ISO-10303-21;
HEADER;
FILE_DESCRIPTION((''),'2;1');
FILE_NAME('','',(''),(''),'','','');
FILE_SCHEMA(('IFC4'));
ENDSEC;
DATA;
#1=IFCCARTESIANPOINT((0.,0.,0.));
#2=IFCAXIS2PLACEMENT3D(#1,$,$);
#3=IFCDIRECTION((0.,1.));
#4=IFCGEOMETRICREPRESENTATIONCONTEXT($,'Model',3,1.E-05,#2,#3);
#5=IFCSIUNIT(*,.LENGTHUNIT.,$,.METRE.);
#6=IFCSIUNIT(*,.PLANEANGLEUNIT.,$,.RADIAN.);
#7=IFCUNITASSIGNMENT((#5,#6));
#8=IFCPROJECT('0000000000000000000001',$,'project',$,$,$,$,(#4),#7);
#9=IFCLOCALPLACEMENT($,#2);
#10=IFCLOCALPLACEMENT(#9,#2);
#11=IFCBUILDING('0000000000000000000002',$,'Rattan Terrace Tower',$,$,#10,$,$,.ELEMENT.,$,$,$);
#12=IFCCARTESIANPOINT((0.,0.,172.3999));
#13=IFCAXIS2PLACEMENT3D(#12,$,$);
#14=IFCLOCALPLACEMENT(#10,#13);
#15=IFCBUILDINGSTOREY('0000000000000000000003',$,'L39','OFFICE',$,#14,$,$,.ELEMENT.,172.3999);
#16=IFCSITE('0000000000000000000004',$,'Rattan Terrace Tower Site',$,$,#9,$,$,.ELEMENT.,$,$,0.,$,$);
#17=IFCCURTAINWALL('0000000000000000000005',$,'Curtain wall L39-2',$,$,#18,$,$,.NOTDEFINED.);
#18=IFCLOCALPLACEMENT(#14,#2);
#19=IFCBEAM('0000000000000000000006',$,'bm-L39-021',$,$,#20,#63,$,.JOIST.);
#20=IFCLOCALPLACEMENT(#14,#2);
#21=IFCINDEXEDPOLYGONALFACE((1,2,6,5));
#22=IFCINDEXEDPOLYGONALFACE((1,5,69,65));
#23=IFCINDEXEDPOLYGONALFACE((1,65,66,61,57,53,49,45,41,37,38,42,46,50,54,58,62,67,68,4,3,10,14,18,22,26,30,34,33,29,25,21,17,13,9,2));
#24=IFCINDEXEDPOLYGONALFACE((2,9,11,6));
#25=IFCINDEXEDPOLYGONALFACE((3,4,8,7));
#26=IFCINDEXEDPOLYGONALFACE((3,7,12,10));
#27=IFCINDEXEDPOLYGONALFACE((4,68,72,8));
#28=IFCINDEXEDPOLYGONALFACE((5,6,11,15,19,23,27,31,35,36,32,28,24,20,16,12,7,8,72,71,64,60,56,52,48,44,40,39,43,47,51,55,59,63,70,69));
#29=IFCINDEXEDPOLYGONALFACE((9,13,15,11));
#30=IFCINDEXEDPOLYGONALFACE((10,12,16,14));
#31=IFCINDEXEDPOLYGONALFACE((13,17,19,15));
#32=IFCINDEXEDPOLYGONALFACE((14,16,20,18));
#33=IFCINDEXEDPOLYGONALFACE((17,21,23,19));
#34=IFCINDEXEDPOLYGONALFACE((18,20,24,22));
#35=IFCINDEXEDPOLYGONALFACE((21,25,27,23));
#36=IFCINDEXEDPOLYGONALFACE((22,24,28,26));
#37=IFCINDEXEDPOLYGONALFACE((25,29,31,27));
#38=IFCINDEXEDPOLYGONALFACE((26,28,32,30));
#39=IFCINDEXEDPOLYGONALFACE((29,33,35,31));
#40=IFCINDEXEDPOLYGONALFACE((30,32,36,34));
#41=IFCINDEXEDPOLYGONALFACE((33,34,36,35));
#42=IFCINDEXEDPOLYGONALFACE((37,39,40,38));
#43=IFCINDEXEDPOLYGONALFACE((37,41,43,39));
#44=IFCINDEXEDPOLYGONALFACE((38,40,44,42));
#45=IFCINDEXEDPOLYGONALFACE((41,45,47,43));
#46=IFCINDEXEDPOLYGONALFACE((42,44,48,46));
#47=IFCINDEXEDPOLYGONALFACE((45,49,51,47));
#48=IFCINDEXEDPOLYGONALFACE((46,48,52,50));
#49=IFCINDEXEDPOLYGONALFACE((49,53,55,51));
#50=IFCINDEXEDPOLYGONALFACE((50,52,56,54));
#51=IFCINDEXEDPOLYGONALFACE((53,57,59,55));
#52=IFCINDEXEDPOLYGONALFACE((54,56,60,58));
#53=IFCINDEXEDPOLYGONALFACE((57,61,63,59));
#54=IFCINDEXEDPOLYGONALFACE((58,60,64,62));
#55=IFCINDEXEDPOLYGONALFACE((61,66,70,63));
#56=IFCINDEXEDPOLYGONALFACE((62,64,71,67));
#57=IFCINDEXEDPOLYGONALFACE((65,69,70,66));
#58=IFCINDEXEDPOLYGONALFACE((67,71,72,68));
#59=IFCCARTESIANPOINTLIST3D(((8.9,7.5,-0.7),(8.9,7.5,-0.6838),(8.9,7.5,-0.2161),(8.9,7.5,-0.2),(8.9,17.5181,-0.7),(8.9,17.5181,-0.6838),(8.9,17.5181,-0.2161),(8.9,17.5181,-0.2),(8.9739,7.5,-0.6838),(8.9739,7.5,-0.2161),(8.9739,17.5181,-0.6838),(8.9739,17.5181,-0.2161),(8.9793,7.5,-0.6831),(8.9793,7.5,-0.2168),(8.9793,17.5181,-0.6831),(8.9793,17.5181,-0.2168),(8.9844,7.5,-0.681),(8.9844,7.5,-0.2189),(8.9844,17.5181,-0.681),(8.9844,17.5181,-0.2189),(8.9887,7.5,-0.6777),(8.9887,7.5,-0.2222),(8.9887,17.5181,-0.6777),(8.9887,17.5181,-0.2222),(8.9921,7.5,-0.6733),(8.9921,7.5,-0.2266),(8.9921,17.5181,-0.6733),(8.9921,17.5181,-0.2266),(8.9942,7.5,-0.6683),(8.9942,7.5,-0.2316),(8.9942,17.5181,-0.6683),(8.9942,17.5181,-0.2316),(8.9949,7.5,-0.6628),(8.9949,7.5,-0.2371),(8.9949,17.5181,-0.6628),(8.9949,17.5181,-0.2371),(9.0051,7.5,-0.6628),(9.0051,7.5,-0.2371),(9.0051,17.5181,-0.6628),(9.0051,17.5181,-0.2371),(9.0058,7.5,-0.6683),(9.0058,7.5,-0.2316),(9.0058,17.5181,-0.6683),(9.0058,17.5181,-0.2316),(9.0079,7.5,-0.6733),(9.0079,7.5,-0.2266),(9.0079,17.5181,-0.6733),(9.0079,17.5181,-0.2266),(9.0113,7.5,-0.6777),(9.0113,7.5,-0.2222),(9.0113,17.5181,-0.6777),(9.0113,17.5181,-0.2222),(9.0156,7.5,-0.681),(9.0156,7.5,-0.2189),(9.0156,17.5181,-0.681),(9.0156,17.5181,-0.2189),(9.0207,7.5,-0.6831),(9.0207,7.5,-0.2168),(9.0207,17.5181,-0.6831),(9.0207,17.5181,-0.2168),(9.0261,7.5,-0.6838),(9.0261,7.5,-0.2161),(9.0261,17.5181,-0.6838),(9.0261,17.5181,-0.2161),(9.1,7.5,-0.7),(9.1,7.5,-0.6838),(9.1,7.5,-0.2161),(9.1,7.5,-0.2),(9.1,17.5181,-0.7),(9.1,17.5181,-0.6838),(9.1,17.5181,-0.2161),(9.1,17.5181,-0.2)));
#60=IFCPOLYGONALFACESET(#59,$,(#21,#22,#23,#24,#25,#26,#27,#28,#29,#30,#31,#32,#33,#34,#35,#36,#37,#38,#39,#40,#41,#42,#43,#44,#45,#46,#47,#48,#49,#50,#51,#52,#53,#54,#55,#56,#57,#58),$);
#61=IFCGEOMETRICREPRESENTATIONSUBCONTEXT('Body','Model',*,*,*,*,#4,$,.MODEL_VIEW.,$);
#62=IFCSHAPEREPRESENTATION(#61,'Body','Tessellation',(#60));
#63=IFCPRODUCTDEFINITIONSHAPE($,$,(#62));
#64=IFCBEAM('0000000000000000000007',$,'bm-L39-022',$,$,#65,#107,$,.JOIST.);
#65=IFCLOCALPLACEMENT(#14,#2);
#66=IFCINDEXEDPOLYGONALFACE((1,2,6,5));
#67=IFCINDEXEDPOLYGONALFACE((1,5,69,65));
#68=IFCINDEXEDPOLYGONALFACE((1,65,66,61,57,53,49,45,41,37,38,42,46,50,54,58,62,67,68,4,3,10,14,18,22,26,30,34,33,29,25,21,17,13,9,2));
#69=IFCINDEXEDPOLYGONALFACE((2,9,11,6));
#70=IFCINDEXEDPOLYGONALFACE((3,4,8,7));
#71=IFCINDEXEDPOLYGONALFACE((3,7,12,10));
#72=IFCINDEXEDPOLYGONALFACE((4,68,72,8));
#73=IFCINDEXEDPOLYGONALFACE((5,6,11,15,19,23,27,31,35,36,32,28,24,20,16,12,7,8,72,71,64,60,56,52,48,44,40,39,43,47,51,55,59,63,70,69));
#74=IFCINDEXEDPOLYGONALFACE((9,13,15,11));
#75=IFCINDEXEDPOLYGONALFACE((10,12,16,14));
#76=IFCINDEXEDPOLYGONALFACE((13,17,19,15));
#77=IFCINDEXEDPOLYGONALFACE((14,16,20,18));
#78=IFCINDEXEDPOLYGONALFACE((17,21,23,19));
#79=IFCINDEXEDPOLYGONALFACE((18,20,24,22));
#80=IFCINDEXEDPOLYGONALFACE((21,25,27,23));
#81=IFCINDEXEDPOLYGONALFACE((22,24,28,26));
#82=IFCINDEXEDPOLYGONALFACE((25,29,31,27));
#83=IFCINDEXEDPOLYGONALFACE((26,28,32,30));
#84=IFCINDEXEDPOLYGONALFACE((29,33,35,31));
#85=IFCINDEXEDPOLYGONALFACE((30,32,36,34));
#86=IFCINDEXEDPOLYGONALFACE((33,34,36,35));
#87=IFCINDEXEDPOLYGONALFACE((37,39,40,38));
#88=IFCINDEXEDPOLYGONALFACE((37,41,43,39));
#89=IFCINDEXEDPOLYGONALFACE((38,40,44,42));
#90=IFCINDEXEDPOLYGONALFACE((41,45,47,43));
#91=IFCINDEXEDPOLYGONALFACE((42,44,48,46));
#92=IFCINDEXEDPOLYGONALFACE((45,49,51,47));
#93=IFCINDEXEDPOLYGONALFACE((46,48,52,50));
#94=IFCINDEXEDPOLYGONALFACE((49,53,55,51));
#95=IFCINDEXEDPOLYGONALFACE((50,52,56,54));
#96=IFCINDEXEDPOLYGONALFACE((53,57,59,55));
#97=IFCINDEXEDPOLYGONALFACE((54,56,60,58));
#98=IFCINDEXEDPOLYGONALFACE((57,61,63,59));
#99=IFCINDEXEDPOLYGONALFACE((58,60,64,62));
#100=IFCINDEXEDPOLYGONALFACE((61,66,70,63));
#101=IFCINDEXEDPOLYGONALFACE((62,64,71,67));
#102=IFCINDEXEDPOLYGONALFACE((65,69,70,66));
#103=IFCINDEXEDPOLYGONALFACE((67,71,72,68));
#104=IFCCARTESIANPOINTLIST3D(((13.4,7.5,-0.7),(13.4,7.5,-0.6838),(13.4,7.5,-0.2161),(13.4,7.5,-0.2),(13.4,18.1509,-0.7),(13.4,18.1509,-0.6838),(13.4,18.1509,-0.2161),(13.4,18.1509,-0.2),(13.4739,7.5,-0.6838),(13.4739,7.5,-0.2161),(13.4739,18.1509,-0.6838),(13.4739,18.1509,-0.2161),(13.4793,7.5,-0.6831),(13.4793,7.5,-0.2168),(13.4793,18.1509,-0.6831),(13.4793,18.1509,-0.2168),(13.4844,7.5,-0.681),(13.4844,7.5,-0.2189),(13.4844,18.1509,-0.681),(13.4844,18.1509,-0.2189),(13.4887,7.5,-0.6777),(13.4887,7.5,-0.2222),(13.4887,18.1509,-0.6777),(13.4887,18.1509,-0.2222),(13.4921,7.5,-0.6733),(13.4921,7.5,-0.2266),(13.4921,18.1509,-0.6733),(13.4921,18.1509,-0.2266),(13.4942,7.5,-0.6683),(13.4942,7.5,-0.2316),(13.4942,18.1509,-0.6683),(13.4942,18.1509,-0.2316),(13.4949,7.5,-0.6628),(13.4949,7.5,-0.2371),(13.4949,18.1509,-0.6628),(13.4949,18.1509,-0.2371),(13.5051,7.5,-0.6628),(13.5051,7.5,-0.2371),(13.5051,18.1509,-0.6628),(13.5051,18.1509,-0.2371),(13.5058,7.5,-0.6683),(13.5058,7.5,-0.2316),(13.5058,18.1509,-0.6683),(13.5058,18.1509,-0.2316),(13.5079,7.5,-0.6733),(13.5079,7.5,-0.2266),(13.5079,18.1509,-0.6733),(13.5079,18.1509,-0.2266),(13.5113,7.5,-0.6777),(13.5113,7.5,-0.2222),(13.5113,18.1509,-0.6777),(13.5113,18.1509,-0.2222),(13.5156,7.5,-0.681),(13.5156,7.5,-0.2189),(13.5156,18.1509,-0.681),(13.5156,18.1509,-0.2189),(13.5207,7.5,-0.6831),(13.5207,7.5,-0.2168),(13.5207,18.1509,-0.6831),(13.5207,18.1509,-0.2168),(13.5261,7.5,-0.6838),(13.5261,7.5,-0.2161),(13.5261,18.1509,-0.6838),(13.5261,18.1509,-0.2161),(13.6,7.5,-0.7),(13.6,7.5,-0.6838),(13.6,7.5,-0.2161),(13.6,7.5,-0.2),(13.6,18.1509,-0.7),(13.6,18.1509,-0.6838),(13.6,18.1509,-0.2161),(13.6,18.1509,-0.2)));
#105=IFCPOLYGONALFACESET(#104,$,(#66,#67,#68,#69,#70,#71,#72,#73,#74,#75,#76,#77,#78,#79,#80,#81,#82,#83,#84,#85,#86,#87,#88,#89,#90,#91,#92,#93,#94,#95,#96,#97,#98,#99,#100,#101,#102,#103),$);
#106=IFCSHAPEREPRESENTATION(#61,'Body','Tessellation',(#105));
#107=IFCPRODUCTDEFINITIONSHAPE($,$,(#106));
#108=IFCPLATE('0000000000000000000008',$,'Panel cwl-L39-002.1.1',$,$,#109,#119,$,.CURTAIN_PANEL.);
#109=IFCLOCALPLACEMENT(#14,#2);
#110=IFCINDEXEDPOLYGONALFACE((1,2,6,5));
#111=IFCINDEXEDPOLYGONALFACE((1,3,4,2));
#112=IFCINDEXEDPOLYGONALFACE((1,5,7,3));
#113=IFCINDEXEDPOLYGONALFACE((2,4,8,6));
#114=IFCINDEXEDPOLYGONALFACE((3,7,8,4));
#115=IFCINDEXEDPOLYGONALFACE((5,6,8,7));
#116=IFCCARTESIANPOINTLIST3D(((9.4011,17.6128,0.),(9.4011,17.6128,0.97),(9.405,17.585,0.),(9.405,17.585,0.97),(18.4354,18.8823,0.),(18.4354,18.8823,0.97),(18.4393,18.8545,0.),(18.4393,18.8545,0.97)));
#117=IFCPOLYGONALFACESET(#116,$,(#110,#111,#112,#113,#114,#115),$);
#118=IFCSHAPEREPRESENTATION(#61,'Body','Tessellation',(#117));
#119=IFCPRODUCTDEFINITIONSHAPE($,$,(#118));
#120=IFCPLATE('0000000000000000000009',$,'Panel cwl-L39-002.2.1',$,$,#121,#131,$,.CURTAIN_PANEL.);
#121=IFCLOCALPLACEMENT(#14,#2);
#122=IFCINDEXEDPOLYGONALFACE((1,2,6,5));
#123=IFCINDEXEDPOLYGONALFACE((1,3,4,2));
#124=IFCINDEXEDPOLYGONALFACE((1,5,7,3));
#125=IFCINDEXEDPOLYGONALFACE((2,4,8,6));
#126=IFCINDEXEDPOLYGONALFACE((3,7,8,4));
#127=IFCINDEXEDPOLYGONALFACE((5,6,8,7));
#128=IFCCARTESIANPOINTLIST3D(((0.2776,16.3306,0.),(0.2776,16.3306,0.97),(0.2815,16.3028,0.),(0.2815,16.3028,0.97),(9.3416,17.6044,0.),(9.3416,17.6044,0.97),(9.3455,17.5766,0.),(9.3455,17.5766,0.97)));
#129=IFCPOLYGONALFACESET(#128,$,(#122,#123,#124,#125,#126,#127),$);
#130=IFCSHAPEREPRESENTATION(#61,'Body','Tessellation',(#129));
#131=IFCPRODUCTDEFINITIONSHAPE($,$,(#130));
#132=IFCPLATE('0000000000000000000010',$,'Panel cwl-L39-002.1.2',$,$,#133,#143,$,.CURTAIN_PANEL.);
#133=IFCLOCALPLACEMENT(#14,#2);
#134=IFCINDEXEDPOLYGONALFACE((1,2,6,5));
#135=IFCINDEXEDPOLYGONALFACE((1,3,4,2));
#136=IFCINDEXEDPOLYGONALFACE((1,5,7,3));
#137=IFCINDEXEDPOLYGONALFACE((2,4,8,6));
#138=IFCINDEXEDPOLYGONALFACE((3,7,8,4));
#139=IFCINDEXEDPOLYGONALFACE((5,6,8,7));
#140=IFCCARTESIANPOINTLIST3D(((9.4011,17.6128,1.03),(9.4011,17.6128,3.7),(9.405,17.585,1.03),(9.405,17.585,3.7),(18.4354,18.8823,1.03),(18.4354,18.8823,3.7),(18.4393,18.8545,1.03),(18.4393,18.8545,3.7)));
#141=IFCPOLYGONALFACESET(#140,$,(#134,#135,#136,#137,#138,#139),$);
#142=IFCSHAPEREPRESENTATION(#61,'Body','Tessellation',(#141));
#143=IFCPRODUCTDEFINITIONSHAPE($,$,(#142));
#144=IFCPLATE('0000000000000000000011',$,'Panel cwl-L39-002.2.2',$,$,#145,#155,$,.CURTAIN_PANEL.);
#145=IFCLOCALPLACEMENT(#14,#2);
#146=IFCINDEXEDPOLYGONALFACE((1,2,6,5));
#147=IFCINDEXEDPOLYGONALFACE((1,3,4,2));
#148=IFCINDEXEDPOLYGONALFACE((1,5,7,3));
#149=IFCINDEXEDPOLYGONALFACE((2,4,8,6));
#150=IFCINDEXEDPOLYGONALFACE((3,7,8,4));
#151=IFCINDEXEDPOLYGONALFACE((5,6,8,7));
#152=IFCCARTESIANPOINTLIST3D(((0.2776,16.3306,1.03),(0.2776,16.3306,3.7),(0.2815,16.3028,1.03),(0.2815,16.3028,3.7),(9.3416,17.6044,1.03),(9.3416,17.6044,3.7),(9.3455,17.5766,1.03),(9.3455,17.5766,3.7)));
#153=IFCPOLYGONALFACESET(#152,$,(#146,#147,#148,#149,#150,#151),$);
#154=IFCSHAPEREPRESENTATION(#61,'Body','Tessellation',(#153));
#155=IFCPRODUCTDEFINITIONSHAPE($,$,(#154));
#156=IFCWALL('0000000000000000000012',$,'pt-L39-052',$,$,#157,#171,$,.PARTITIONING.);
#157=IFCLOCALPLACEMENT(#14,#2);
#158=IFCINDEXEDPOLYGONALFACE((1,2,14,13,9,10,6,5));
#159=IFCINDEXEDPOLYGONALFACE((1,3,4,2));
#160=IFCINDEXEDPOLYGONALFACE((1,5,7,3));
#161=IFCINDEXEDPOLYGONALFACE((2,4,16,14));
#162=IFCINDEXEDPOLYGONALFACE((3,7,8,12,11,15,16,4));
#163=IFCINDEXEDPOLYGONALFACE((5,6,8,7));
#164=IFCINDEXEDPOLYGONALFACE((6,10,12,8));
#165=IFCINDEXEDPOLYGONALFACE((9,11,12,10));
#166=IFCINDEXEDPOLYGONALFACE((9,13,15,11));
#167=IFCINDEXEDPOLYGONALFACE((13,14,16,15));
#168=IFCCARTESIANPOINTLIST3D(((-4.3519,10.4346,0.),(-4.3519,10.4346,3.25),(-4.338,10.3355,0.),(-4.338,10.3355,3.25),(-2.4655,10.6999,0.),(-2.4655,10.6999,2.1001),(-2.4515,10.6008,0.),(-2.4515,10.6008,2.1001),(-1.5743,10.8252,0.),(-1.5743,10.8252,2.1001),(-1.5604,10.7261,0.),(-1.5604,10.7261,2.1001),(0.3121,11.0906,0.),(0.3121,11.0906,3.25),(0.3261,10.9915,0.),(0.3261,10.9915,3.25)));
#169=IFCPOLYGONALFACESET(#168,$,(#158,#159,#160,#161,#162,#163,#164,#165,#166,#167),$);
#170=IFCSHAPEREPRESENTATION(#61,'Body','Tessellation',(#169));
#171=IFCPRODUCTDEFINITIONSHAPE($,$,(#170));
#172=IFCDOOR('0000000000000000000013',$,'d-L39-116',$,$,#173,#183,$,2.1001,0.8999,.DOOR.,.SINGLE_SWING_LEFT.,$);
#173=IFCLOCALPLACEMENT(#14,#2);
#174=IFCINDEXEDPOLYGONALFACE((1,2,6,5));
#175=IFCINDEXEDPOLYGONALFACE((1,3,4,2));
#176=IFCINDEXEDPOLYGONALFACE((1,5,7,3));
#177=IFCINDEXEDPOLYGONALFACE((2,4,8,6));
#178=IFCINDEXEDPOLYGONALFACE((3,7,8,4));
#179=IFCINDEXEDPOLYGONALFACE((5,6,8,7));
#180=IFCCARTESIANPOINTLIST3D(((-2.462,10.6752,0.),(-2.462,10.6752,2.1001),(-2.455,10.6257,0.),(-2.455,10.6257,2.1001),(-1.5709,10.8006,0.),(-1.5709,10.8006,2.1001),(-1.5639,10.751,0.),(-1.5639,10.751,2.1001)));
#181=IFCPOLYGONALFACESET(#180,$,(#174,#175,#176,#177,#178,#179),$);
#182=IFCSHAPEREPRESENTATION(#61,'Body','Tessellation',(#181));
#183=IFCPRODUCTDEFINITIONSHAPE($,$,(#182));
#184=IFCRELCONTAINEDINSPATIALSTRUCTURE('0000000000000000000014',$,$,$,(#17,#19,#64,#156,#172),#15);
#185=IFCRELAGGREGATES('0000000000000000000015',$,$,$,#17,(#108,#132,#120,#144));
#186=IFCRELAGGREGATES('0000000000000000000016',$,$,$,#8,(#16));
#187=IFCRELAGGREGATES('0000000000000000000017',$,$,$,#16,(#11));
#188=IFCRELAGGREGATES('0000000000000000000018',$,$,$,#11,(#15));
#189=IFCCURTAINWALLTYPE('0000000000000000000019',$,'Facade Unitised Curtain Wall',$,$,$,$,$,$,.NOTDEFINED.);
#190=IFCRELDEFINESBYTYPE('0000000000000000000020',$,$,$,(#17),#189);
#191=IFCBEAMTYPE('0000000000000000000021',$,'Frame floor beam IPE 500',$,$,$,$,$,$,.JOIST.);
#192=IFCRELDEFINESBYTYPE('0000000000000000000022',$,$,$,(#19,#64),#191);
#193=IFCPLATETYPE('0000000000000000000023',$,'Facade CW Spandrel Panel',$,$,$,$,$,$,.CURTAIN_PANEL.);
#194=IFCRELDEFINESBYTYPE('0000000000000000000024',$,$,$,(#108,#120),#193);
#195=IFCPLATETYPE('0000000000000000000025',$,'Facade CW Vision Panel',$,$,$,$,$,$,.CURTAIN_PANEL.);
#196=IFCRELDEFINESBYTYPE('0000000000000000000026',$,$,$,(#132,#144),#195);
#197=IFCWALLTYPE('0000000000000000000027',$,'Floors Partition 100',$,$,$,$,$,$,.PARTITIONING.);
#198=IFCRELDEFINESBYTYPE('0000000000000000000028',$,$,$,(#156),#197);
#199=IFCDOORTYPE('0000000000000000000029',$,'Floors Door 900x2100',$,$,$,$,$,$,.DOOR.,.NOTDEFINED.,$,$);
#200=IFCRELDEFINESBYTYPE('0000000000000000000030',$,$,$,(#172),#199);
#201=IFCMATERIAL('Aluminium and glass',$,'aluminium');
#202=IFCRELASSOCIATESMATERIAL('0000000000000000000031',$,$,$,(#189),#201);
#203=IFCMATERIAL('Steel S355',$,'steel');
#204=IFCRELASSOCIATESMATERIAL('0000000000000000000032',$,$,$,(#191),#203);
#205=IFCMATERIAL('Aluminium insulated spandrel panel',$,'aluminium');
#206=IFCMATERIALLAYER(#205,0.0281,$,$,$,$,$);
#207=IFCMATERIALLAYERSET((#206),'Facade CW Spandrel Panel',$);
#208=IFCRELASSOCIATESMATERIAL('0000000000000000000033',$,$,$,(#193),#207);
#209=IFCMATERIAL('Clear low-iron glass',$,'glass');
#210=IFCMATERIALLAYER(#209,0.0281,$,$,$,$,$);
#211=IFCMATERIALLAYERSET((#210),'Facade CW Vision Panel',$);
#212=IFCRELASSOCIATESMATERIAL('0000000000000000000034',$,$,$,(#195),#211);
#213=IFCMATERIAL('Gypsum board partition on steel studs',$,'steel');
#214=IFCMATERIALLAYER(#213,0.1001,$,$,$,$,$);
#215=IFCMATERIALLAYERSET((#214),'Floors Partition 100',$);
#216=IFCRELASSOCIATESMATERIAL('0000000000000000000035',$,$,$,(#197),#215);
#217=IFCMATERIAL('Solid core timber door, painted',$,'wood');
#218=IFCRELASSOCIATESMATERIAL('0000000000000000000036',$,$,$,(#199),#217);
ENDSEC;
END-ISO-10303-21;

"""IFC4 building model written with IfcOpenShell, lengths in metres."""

from ifc_helpers import new_model, si_unit, direction, frame, frame_2d, origin, origin_2d, place, context, subcontext, project, spatial, rectangle, i_section, extrude, material, layer, layer_set, material_profile, profile_set, type_object, element, fill, aggregate, save


model = new_model("IFC4")

# Units and contexts
model_context = context("Model", 3, precision=1e-05, world=origin(), true_north=direction((0.0, 1.0)))
body_context = subcontext(model_context, "Body", "Model", "MODEL_VIEW")
ifc_project = project(units=[si_unit("LENGTHUNIT", "METRE"), si_unit("PLANEANGLEUNIT", "RADIAN")], contexts=[model_context])

# Site, building, storey
site_placement = place(None, origin())
site = spatial("IfcSite", under=ifc_project, at=site_placement, Name="Rattan Terrace Tower Site", CompositionType="ELEMENT", RefElevation=0.0)
building_placement = place(site_placement, origin())
building = spatial("IfcBuilding", under=site, at=building_placement, Name="Rattan Terrace Tower", CompositionType="ELEMENT")
storey_placement = place(building_placement, frame((0.0, 0.0, 172.3999)))
storey = spatial("IfcBuildingStorey", under=building, at=storey_placement, Name="L39", Description="OFFICE", CompositionType="ELEMENT", Elevation=172.3999)

# Curtain wall
ifc_material_1 = material(Name="Aluminium and glass", Category="aluminium")
curtain_wall_type = type_object("IfcCurtainWallType", Name="Facade Unitised Curtain Wall", PredefinedType="NOTDEFINED", material=ifc_material_1)
curtain_wall_placement = place(storey_placement, origin())
curtain_wall = element("IfcCurtainWall", 1, at=curtain_wall_placement, inside=storey, type_object=curtain_wall_type, Name="Curtain wall L39-2", PredefinedType="NOTDEFINED")

# Beams
ifc_material_2 = material(Name="Steel S355", Category="steel")
ifc_material_profile_1 = material_profile(ifc_material_2, i_section(OverallWidth=0.2, OverallDepth=0.5, WebThickness=0.0103, FlangeThickness=0.0161, FilletRadius=0.021, at=origin_2d()), Name="IPE 500")
ifc_profile_set_1 = profile_set([ifc_material_profile_1], Name="Steel S355")
beam_type_1 = type_object("IfcBeamType", Name="Frame floor beam IPE 500", PredefinedType="JOIST", material=ifc_profile_set_1)
beam_1_placement = place(storey_placement, frame((9.0, 7.5, -0.45), z_axis=(0.0, 1.0, 0.0), x_axis=(-1.0, 0.0, 0.0)))
element("IfcBeam", 2, at=beam_1_placement, inside=storey, type_object=beam_type_1, Name="bm-L39-021", PredefinedType="JOIST", context=body_context, shape_type="SweptSolid", body=[
    extrude(i_section(OverallWidth=0.2, OverallDepth=0.5, WebThickness=0.0103, FlangeThickness=0.0161, FilletRadius=0.021, at=origin_2d()), origin(), (0.0, 0.0, 1.0), 10.0181),
])
beam_2_placement = place(storey_placement, frame((13.5, 7.5, -0.45), z_axis=(0.0, 1.0, 0.0), x_axis=(-1.0, 0.0, 0.0)))
element("IfcBeam", 3, at=beam_2_placement, inside=storey, type_object=beam_type_1, Name="bm-L39-022", PredefinedType="JOIST", context=body_context, shape_type="SweptSolid", body=[
    extrude(i_section(OverallWidth=0.2, OverallDepth=0.5, WebThickness=0.0103, FlangeThickness=0.0161, FilletRadius=0.021, at=origin_2d()), origin(), (0.0, 0.0, 1.0), 10.6509),
])

# Plates
ifc_material_3 = material(Name="Aluminium insulated spandrel panel", Category="aluminium")
ifc_layer_1 = layer(ifc_material_3, 0.0281)
ifc_layer_set_1 = layer_set([ifc_layer_1], Name="Facade CW Spandrel Panel")
plate_type_1 = type_object("IfcPlateType", Name="Facade CW Spandrel Panel", PredefinedType="CURTAIN_PANEL", material=ifc_layer_set_1)
plate_1_placement = place(storey_placement, frame((13.9202, 18.2336, 0.0), z_axis=(0.0, 0.0, 1.0), x_axis=(-0.99027, -0.139161, 0.0)))
plate_1 = element("IfcPlate", 4, at=plate_1_placement, type_object=plate_type_1, Name="Panel cwl-L39-002.1.1", PredefinedType="CURTAIN_PANEL", context=body_context, shape_type="SweptSolid", body=[
    extrude(rectangle(XDim=9.123, YDim=0.0281, at=origin_2d()), origin(), (0.0, 0.0, 1.0), 0.97),
])
plate_2_placement = place(storey_placement, frame((4.8115, 16.9536, 0.0), z_axis=(0.0, 0.0, 1.0), x_axis=(-0.99027, -0.139161, 0.0)))
plate_2 = element("IfcPlate", 5, at=plate_2_placement, type_object=plate_type_1, Name="Panel cwl-L39-002.2.1", PredefinedType="CURTAIN_PANEL", context=body_context, shape_type="SweptSolid", body=[
    extrude(rectangle(XDim=9.1531, YDim=0.0281, at=origin_2d()), origin(), (0.0, 0.0, 1.0), 0.97),
])
ifc_material_4 = material(Name="Clear low-iron glass", Category="glass")
ifc_layer_2 = layer(ifc_material_4, 0.0281)
ifc_layer_set_2 = layer_set([ifc_layer_2], Name="Facade CW Vision Panel")
plate_type_2 = type_object("IfcPlateType", Name="Facade CW Vision Panel", PredefinedType="CURTAIN_PANEL", material=ifc_layer_set_2)
plate_3_placement = place(storey_placement, frame((13.9202, 18.2336, 1.03), z_axis=(0.0, 0.0, 1.0), x_axis=(-0.99027, -0.139161, 0.0)))
plate_3 = element("IfcPlate", 6, at=plate_3_placement, type_object=plate_type_2, Name="Panel cwl-L39-002.1.2", PredefinedType="CURTAIN_PANEL", context=body_context, shape_type="SweptSolid", body=[
    extrude(rectangle(XDim=9.123, YDim=0.0281, at=origin_2d()), origin(), (0.0, 0.0, 1.0), 2.6699),
])
plate_4_placement = place(storey_placement, frame((4.8115, 16.9536, 1.03), z_axis=(0.0, 0.0, 1.0), x_axis=(-0.99027, -0.139161, 0.0)))
plate_4 = element("IfcPlate", 7, at=plate_4_placement, type_object=plate_type_2, Name="Panel cwl-L39-002.2.2", PredefinedType="CURTAIN_PANEL", context=body_context, shape_type="SweptSolid", body=[
    extrude(rectangle(XDim=9.1531, YDim=0.0281, at=origin_2d()), origin(), (0.0, 0.0, 1.0), 2.6699),
])
aggregate(curtain_wall, [plate_1, plate_3, plate_2, plate_4])

# Wall, opening, door
ifc_material_5 = material(Name="Gypsum board partition on steel studs", Category="steel")
ifc_layer_3 = layer(ifc_material_5, 0.1001)
ifc_layer_set_3 = layer_set([ifc_layer_3], Name="Floors Partition 100")
wall_type = type_object("IfcWallType", Name="Floors Partition 100", PredefinedType="PARTITIONING", material=ifc_layer_set_3)
wall_1_placement = place(storey_placement, frame((0.3191, 11.041, 0.0), z_axis=(0.0, 0.0, 1.0), x_axis=(-0.990253, -0.13928, 0.0)))
wall_1 = element("IfcWall", 8, at=wall_1_placement, inside=storey, type_object=wall_type, Name="pt-L39-052", PredefinedType="PARTITIONING", context=body_context, shape_type="SweptSolid", body=[
    extrude(rectangle(XDim=4.71, YDim=0.1001, at=frame_2d((2.355, 0.0))), origin(), (0.0, 0.0, 1.0), 3.25),
])
opening_placement = place(wall_1_placement, frame((1.905, 0.0, 0.0)))
opening = element("IfcOpeningElement", 9, at=opening_placement, cuts=wall_1, PredefinedType="OPENING", context=body_context, shape_type="SweptSolid", body=[
    extrude(rectangle(XDim=0.8999, YDim=2.1001, at=frame_2d((0.45, 1.05))), frame((0.0, 0.0605, 0.0), z_axis=(0.0, -1.0, 0.0), x_axis=(1.0, 0.0, 0.0)), (0.0, 0.0, 1.0), 0.1211),
])
ifc_material_6 = material(Name="Solid core timber door, painted", Category="wood")
door_type = type_object("IfcDoorType", Name="Floors Door 900x2100", OperationType="NOTDEFINED", PredefinedType="DOOR", material=ifc_material_6)
door_placement = place(opening_placement, origin())
door = element("IfcDoor", 10, at=door_placement, inside=storey, type_object=door_type, Name="d-L39-116", OperationType="SINGLE_SWING_LEFT", OverallHeight=2.1001, OverallWidth=0.8999, PredefinedType="DOOR", context=body_context, shape_type="SweptSolid", body=[
    extrude(rectangle(XDim=0.8999, YDim=2.1001, at=frame_2d((0.45, 1.05))), frame((0.0, 0.0249, 0.0), z_axis=(0.0, -1.0, 0.0), x_axis=(1.0, 0.0, 0.0)), (0.0, 0.0, 1.0), 0.05),
])
fill(opening, door)

save(model, "model.ifc")
